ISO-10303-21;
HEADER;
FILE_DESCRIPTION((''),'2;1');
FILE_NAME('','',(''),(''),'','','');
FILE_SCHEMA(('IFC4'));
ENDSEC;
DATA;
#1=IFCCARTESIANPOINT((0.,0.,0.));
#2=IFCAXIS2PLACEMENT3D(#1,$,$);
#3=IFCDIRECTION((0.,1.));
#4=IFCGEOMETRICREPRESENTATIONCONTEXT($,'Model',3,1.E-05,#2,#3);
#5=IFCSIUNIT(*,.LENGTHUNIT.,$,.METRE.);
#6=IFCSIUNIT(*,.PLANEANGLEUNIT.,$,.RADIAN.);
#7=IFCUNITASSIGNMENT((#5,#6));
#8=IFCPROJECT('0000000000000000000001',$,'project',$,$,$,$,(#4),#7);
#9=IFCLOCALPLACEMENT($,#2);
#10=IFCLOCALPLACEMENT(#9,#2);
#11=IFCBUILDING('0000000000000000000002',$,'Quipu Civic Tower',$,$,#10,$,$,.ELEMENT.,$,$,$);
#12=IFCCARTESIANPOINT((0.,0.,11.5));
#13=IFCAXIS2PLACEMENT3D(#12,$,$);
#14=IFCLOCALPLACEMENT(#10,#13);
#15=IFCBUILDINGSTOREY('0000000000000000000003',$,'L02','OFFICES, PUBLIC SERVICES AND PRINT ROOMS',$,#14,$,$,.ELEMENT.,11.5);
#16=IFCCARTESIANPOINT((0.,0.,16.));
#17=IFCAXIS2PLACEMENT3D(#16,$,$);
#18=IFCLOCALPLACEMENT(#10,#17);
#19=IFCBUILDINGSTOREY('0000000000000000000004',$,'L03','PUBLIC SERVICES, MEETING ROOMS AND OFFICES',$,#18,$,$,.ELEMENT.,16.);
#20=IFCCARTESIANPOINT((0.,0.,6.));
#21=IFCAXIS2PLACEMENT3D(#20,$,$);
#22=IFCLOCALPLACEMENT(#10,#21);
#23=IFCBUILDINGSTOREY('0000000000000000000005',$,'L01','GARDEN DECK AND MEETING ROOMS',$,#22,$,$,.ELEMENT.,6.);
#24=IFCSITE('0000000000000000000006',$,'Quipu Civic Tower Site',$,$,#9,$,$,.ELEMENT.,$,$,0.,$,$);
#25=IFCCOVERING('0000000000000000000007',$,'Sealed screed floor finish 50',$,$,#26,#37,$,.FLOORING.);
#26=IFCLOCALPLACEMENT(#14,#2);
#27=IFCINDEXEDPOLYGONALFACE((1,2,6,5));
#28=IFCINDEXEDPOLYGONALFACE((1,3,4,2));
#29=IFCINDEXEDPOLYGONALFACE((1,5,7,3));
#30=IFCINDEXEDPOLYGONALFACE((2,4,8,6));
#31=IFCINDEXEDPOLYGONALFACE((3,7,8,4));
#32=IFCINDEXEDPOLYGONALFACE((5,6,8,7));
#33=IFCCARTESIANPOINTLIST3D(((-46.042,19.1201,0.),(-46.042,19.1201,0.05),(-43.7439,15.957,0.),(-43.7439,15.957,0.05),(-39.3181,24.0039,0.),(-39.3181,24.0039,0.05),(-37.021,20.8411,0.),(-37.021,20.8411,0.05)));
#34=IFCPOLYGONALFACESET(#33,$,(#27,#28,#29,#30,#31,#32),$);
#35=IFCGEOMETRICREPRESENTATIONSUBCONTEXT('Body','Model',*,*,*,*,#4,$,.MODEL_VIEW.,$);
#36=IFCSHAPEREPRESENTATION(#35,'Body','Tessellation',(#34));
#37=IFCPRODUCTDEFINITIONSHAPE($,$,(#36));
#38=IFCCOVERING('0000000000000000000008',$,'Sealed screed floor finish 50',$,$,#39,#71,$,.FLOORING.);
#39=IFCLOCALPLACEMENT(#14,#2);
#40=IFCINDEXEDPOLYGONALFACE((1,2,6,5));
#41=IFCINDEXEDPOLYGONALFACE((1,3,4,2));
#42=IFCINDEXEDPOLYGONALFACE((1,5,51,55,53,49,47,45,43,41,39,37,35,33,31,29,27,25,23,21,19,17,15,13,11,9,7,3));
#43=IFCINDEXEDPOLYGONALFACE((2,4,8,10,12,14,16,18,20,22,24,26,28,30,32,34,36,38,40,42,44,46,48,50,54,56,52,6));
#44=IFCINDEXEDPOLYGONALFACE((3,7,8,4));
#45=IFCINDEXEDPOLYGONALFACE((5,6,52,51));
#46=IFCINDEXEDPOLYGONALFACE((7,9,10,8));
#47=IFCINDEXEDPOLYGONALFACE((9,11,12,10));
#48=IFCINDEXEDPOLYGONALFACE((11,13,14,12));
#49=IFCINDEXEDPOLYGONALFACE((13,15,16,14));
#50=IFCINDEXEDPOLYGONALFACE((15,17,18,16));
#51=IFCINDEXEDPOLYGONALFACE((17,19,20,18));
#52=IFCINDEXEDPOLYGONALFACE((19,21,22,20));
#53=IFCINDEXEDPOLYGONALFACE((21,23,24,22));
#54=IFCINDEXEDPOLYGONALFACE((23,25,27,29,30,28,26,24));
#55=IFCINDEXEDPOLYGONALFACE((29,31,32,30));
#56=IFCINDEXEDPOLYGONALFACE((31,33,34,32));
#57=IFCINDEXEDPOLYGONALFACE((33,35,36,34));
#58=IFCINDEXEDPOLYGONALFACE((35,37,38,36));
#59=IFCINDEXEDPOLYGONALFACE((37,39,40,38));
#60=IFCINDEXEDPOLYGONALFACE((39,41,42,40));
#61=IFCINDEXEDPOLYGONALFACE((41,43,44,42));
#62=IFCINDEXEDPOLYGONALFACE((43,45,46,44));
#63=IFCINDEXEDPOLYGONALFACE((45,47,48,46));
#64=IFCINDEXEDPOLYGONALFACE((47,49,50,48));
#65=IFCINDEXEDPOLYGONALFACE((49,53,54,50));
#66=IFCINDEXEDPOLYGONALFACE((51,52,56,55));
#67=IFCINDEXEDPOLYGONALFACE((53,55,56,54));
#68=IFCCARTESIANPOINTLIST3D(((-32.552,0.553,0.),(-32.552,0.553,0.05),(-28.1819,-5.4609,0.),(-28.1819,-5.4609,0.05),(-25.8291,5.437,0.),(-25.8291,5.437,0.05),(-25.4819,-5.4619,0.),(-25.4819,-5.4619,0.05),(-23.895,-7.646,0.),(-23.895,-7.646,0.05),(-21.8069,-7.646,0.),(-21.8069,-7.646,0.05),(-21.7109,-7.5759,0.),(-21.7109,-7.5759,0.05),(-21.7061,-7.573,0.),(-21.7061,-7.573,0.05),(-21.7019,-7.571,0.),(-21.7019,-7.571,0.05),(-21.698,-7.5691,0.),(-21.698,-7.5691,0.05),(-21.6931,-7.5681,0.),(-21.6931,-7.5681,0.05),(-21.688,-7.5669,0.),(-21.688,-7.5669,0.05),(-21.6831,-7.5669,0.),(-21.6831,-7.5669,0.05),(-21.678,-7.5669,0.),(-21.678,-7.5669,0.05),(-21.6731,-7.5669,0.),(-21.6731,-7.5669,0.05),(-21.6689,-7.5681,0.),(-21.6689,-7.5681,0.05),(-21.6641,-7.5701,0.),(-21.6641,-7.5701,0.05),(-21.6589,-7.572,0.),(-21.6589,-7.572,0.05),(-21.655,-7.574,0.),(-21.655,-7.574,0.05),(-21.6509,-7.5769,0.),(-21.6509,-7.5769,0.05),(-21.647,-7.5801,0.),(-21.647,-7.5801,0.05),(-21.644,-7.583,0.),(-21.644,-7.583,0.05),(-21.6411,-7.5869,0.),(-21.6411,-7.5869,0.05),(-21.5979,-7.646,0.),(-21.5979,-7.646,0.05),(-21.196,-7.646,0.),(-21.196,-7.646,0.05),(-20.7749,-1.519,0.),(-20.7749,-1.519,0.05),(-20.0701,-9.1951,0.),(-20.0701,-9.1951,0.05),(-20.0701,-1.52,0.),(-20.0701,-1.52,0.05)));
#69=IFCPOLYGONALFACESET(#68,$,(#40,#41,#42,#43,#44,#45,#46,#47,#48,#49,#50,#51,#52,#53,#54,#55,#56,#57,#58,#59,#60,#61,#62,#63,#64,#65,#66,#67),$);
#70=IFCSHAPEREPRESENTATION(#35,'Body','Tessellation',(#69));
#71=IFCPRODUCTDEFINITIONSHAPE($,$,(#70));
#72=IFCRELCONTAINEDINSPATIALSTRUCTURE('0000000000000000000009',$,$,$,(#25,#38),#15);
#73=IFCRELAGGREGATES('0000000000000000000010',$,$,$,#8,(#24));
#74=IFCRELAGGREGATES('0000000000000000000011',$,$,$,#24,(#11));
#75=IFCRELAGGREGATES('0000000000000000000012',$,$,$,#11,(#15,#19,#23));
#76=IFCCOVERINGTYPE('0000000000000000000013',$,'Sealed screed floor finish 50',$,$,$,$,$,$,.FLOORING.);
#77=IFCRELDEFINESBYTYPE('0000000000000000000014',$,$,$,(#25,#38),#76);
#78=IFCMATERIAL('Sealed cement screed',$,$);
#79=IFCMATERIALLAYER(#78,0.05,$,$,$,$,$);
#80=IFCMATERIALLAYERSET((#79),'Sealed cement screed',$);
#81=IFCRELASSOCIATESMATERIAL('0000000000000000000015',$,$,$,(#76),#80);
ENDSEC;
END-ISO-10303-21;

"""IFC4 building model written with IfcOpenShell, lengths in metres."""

from ifc_helpers import new_model, si_unit, direction, frame, origin, place, context, subcontext, project, spatial, polyline, outline, extrude, material, layer, layer_set, type_object, element, save


model = new_model("IFC4")

# Units and contexts
model_context = context("Model", 3, precision=1e-05, world=origin(), true_north=direction((0.0, 1.0)))
body_context = subcontext(model_context, "Body", "Model", "MODEL_VIEW")
ifc_project = project(units=[si_unit("LENGTHUNIT", "METRE"), si_unit("PLANEANGLEUNIT", "RADIAN")], contexts=[model_context])

# Site, building, storey
site_placement = place(None, origin())
site = spatial("IfcSite", under=ifc_project, at=site_placement, Name="Quipu Civic Tower Site", CompositionType="ELEMENT", RefElevation=0.0)
building_placement = place(site_placement, origin())
building = spatial("IfcBuilding", under=site, at=building_placement, Name="Quipu Civic Tower", CompositionType="ELEMENT")
storey_1_placement = place(building_placement, frame((0.0, 0.0, 11.5)))
storey_1 = spatial("IfcBuildingStorey", under=building, at=storey_1_placement, Name="L02", Description="OFFICES, PUBLIC SERVICES AND PRINT ROOMS", CompositionType="ELEMENT", Elevation=11.5)

# Shared definitions
storey_2_placement = place(building_placement, frame((0.0, 0.0, 16.0)))
storey_2 = spatial("IfcBuildingStorey", under=building, at=storey_2_placement, Name="L03", Description="PUBLIC SERVICES, MEETING ROOMS AND OFFICES", CompositionType="ELEMENT", Elevation=16.0)

# Shared definitions
storey_3_placement = place(building_placement, frame((0.0, 0.0, 6.0)))
storey_3 = spatial("IfcBuildingStorey", under=building, at=storey_3_placement, Name="L01", Description="GARDEN DECK AND MEETING ROOMS", CompositionType="ELEMENT", Elevation=6.0)

# Coverings
ifc_material_1 = material(Name="Sealed cement screed")
ifc_layer_1 = layer(ifc_material_1, 0.05)
ifc_layer_set_1 = layer_set([ifc_layer_1], Name="Sealed cement screed")
covering_type_1 = type_object("IfcCoveringType", Name="Sealed screed floor finish 50", PredefinedType="FLOORING", material=ifc_layer_set_1)
covering_1_placement = place(storey_1_placement, origin())
element("IfcCovering", 1, at=covering_1_placement, inside=storey_1, type_object=covering_type_1, Name="Sealed screed floor finish 50", PredefinedType="FLOORING", context=body_context, shape_type="SweptSolid", body=[
    extrude(outline(polyline([(-46.042, 19.1201), (-39.3181, 24.0039), (-37.021, 20.8411), (-43.7439, 15.957), (-46.042, 19.1201)])), origin(), (0.0, 0.0, 1.0), 0.05),
])
covering_2_placement = place(storey_1_placement, origin())
element("IfcCovering", 2, at=covering_2_placement, inside=storey_1, type_object=covering_type_1, Name="Sealed screed floor finish 50", PredefinedType="FLOORING", context=body_context, shape_type="SweptSolid", body=[
    extrude(outline(polyline([(-32.552, 0.553), (-25.8291, 5.437), (-20.7749, -1.519), (-20.0701, -1.52), (-20.0701, -9.1951), (-21.196, -7.646), (-21.5979, -7.646), (-21.6411, -7.5869), (-21.644, -7.583), (-21.647, -7.5801), (-21.6509, -7.5769), (-21.655, -7.574), (-21.6589, -7.572), (-21.6641, -7.5701), (-21.6689, -7.5681), (-21.6731, -7.5669), (-21.678, -7.5669), (-21.6831, -7.5669), (-21.688, -7.5669), (-21.6931, -7.5681), (-21.698, -7.5691), (-21.7019, -7.571), (-21.7061, -7.573), (-21.7109, -7.5759), (-21.8069, -7.646), (-23.895, -7.646), (-25.4819, -5.4619), (-28.1819, -5.4609), (-32.552, 0.553)])), origin(), (0.0, 0.0, 1.0), 0.05),
])

save(model, "model.ifc")
